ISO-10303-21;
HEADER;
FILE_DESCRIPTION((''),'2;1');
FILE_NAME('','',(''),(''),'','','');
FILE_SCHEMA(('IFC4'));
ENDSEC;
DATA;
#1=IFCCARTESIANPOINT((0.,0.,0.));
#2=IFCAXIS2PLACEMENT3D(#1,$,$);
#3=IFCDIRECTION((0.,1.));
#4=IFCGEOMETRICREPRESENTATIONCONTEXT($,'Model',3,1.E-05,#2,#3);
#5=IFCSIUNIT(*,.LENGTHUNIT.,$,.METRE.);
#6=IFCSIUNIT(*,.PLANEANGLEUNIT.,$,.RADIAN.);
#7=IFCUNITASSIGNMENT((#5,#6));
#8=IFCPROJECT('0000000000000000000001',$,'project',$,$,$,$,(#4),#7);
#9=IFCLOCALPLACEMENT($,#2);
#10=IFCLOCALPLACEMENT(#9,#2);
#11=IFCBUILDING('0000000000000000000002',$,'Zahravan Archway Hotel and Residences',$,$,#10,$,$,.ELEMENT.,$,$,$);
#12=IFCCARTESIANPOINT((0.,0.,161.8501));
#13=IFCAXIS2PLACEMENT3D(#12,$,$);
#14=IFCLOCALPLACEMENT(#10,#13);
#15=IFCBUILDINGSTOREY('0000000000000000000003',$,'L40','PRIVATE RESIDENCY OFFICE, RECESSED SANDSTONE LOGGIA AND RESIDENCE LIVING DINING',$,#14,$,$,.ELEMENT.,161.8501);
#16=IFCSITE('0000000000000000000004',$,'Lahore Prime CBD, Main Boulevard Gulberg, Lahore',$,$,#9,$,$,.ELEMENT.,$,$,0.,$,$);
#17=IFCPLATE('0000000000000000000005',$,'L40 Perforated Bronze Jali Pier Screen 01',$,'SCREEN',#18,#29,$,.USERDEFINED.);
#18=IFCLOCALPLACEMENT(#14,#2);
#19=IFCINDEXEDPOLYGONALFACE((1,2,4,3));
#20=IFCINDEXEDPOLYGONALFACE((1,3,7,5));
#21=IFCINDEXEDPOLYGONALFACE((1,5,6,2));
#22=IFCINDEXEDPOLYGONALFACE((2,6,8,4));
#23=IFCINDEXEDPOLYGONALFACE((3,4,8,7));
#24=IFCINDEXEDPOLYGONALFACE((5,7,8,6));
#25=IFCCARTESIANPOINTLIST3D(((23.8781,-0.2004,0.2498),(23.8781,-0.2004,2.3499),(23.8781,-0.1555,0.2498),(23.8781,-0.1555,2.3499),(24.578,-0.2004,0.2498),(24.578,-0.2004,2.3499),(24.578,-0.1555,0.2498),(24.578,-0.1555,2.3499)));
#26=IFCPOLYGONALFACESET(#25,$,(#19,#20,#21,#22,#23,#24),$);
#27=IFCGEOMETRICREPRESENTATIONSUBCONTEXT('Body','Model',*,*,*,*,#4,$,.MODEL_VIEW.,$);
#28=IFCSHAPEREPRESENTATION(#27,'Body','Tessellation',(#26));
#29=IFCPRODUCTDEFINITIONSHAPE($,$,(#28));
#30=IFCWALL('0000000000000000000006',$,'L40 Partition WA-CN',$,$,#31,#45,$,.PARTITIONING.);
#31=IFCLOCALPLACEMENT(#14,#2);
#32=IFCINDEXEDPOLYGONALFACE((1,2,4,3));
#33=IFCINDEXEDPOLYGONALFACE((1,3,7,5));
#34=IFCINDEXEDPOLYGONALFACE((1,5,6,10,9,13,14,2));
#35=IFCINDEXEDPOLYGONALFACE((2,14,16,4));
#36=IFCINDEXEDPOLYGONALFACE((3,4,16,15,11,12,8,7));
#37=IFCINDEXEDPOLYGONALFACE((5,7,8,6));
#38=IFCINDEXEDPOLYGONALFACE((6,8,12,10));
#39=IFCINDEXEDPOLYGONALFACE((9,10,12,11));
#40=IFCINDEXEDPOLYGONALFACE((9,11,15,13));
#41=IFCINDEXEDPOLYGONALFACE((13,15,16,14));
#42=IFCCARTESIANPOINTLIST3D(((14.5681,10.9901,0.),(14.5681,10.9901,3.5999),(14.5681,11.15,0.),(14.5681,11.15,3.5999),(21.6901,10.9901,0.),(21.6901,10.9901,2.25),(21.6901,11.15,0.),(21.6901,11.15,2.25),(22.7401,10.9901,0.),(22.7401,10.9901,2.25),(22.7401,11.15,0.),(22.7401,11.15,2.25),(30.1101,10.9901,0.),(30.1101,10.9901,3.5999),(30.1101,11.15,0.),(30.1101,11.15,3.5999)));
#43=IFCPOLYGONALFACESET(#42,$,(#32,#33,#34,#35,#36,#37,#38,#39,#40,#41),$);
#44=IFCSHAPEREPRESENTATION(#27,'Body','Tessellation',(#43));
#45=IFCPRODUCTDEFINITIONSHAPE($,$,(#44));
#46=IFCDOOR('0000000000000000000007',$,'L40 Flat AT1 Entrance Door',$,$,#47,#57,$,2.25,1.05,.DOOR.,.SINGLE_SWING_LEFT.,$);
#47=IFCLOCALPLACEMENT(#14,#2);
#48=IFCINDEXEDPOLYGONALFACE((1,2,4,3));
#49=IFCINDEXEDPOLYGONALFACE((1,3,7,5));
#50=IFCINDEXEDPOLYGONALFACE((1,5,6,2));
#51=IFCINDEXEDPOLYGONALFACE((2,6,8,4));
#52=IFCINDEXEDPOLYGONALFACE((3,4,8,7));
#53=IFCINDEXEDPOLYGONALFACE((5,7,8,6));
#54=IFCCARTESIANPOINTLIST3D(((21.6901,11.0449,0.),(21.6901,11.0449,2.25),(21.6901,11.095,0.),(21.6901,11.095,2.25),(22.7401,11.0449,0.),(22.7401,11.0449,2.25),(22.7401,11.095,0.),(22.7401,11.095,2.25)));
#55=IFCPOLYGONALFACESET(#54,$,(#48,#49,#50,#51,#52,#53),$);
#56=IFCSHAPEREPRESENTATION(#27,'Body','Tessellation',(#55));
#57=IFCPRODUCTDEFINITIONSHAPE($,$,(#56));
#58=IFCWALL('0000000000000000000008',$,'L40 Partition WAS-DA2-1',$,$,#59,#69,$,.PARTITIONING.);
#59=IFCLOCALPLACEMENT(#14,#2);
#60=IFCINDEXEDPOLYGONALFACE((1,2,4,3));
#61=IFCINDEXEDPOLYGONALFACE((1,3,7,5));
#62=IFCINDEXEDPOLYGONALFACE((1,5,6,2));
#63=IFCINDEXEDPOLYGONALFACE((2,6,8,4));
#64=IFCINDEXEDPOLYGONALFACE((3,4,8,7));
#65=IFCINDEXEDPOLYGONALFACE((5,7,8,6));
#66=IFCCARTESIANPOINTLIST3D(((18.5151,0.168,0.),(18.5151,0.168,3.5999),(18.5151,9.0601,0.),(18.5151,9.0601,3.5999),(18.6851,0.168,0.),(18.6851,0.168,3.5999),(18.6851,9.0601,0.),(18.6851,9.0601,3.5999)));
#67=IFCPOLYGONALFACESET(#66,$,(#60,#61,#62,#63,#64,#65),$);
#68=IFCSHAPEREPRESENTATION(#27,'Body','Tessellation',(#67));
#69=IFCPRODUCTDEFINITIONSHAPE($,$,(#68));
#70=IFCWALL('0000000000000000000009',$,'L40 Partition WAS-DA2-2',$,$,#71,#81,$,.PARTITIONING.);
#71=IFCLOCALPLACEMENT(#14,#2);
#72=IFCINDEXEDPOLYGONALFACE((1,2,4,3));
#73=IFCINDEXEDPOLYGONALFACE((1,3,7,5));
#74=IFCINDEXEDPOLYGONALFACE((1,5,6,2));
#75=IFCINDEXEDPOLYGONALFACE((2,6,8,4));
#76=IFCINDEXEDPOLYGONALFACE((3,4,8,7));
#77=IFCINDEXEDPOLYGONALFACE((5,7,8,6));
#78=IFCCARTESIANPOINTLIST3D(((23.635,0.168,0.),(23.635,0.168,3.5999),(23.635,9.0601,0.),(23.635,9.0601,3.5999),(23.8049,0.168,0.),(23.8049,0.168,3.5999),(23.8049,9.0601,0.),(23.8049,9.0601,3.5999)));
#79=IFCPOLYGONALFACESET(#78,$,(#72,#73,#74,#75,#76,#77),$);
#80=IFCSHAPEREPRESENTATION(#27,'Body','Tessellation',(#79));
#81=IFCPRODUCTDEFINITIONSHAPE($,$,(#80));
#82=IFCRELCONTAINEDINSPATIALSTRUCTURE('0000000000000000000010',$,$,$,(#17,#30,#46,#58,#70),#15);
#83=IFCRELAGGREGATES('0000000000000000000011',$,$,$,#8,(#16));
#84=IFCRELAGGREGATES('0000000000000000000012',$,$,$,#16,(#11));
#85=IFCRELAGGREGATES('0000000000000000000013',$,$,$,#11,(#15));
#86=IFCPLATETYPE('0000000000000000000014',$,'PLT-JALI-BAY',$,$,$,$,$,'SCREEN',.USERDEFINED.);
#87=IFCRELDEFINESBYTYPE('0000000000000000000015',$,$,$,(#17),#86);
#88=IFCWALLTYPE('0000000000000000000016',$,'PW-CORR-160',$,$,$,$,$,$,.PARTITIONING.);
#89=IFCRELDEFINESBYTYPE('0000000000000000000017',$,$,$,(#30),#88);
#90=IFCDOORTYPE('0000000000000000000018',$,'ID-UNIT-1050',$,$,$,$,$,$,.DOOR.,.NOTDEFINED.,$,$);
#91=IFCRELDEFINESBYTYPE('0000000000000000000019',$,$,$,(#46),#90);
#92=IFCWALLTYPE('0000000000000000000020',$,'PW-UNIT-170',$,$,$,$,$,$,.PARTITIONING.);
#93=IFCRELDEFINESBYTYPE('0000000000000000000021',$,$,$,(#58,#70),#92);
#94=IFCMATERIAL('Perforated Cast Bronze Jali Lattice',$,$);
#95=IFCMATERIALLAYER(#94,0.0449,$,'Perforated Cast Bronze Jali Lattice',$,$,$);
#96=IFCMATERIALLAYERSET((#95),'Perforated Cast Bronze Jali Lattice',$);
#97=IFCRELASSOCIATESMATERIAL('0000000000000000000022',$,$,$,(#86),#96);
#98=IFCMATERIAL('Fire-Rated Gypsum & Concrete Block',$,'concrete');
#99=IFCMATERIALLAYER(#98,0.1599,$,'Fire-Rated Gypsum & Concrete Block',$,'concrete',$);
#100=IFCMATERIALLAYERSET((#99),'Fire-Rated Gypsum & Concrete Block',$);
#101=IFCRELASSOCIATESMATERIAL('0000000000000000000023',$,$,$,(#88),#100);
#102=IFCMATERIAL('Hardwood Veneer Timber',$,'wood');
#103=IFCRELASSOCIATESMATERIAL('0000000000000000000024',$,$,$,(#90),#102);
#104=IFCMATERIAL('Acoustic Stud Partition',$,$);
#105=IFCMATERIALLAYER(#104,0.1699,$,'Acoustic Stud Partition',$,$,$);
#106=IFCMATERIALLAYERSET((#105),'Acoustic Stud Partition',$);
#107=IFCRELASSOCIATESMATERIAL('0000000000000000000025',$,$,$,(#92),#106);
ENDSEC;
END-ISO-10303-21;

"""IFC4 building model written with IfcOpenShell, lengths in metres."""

from ifc_helpers import new_model, si_unit, direction, frame, frame_2d, origin, origin_2d, place, context, subcontext, project, spatial, rectangle, extrude, source, transform, mapped, material, layer, layer_set, type_object, type_shapes, element, fill, save


model = new_model("IFC4")

# Units and contexts
model_context = context("Model", 3, precision=1e-05, world=origin(), true_north=direction((0.0, 1.0)))
body_context = subcontext(model_context, "Body", "Model", "MODEL_VIEW")
ifc_project = project(units=[si_unit("LENGTHUNIT", "METRE"), si_unit("PLANEANGLEUNIT", "RADIAN")], contexts=[model_context])

# Site, building, storey
site_placement = place(None, origin())
site = spatial("IfcSite", under=ifc_project, at=site_placement, Name="Lahore Prime CBD, Main Boulevard Gulberg, Lahore", CompositionType="ELEMENT", RefElevation=0.0)
building_placement = place(site_placement, origin())
building = spatial("IfcBuilding", under=site, at=building_placement, Name="Zahravan Archway Hotel and Residences", CompositionType="ELEMENT")
storey_placement = place(building_placement, frame((0.0, 0.0, 161.8501)))
storey = spatial("IfcBuildingStorey", under=building, at=storey_placement, Name="L40", Description="PRIVATE RESIDENCY OFFICE, RECESSED SANDSTONE LOGGIA AND RESIDENCE LIVING DINING", CompositionType="ELEMENT", Elevation=161.8501)

# Plate
ifc_material_1 = material(Name="Perforated Cast Bronze Jali Lattice")
ifc_layer_1 = layer(ifc_material_1, 0.0449, Name="Perforated Cast Bronze Jali Lattice")
ifc_layer_set_1 = layer_set([ifc_layer_1], Name="Perforated Cast Bronze Jali Lattice")
plate_type = type_object("IfcPlateType", Name="PLT-JALI-BAY", ElementType="SCREEN", PredefinedType="USERDEFINED", material=ifc_layer_set_1)
shared_shape_1 = source(origin(), body_context, "Body", "SweptSolid", [
    extrude(rectangle(XDim=0.7, YDim=0.0449, at=origin_2d()), origin(), (0.0, 0.0, 1.0), 2.1001),
])
type_shapes(plate_type, [shared_shape_1])
plate_placement = place(storey_placement, frame((24.228, -0.178, 0.2498), z_axis=(0.0, 0.0, 1.0), x_axis=(1.0, 0.0, 0.0)))
element("IfcPlate", 1, at=plate_placement, inside=storey, type_object=plate_type, Name="L40 Perforated Bronze Jali Pier Screen 01", ObjectType="SCREEN", PredefinedType="USERDEFINED", context=body_context, shape_type="MappedRepresentation", body=[
    mapped(shared_shape_1, transform((0.0, 0.0, 0.0), scale=1.0)),
])

# Wall, opening, door
ifc_material_2 = material(Name="Fire-Rated Gypsum & Concrete Block", Category="concrete")
ifc_layer_2 = layer(ifc_material_2, 0.1599, Name="Fire-Rated Gypsum & Concrete Block", Category="concrete")
ifc_layer_set_2 = layer_set([ifc_layer_2], Name="Fire-Rated Gypsum & Concrete Block")
wall_type_1 = type_object("IfcWallType", Name="PW-CORR-160", PredefinedType="PARTITIONING", material=ifc_layer_set_2)
wall_1_placement = place(storey_placement, frame((14.5681, 11.0701, 0.0), z_axis=(0.0, 0.0, 1.0), x_axis=(1.0, 0.0, 0.0)))
wall_1 = element("IfcWall", 2, at=wall_1_placement, inside=storey, type_object=wall_type_1, Name="L40 Partition WA-CN", PredefinedType="PARTITIONING", context=body_context, shape_type="SweptSolid", body=[
    extrude(rectangle(XDim=15.542, YDim=0.1599, at=frame_2d((7.771, 0.0))), origin(), (0.0, 0.0, 1.0), 3.5999),
])
opening_1_placement = place(wall_1_placement, frame((7.1221, 0.0, 0.0)))
opening_1 = element("IfcOpeningElement", 3, at=opening_1_placement, cuts=wall_1, PredefinedType="OPENING", context=body_context, shape_type="SweptSolid", body=[
    extrude(rectangle(XDim=1.05, YDim=2.25, at=frame_2d((0.5249, 1.125))), frame((0.0, 0.0898, 0.0), z_axis=(0.0, -1.0, 0.0), x_axis=(1.0, 0.0, 0.0)), (0.0, 0.0, 1.0), 0.1799),
])
ifc_material_3 = material(Name="Hardwood Veneer Timber", Category="wood")
door_type_1 = type_object("IfcDoorType", Name="ID-UNIT-1050", OperationType="NOTDEFINED", PredefinedType="DOOR", material=ifc_material_3)
shared_shape_2 = source(origin(), body_context, "Body", "SweptSolid", [
    extrude(rectangle(XDim=1.05, YDim=2.25, at=frame_2d((0.5249, 1.125))), frame((0.0, 0.0249, 0.0), z_axis=(0.0, -1.0, 0.0), x_axis=(1.0, 0.0, 0.0)), (0.0, 0.0, 1.0), 0.05),
])
type_shapes(door_type_1, [shared_shape_2])
door_1_placement = place(opening_1_placement, origin())
door_1 = element("IfcDoor", 4, at=door_1_placement, inside=storey, type_object=door_type_1, Name="L40 Flat AT1 Entrance Door", OperationType="SINGLE_SWING_LEFT", OverallHeight=2.25, OverallWidth=1.05, PredefinedType="DOOR", context=body_context, shape_type="MappedRepresentation", body=[
    mapped(shared_shape_2, transform((0.0, 0.0, 0.0), scale=1.0)),
])
fill(opening_1, door_1)

# Walls
ifc_material_4 = material(Name="Acoustic Stud Partition")
ifc_layer_3 = layer(ifc_material_4, 0.1699, Name="Acoustic Stud Partition")
ifc_layer_set_3 = layer_set([ifc_layer_3], Name="Acoustic Stud Partition")
wall_type_2 = type_object("IfcWallType", Name="PW-UNIT-170", PredefinedType="PARTITIONING", material=ifc_layer_set_3)
for number, where, z_axis, x_axis, name in (
    (5, (18.6001, 0.168, 0.0), (0.0, 0.0, 1.0), (0.0, 1.0, 0.0), "L40 Partition WAS-DA2-1"),
    (6, (23.72, 0.168, 0.0), (0.0, 0.0, 1.0), (0.0, 1.0, 0.0), "L40 Partition WAS-DA2-2"),
):
    element("IfcWall", number, at=place(storey_placement, frame(where, z_axis=z_axis, x_axis=x_axis)), inside=storey, type_object=wall_type_2, Name=name, PredefinedType="PARTITIONING", context=body_context, shape_type="SweptSolid", body=[
        extrude(rectangle(XDim=8.8921, YDim=0.1699, at=frame_2d((4.446, 0.0))), origin(), (0.0, 0.0, 1.0), 3.5999),
    ])

save(model, "model.ifc")
